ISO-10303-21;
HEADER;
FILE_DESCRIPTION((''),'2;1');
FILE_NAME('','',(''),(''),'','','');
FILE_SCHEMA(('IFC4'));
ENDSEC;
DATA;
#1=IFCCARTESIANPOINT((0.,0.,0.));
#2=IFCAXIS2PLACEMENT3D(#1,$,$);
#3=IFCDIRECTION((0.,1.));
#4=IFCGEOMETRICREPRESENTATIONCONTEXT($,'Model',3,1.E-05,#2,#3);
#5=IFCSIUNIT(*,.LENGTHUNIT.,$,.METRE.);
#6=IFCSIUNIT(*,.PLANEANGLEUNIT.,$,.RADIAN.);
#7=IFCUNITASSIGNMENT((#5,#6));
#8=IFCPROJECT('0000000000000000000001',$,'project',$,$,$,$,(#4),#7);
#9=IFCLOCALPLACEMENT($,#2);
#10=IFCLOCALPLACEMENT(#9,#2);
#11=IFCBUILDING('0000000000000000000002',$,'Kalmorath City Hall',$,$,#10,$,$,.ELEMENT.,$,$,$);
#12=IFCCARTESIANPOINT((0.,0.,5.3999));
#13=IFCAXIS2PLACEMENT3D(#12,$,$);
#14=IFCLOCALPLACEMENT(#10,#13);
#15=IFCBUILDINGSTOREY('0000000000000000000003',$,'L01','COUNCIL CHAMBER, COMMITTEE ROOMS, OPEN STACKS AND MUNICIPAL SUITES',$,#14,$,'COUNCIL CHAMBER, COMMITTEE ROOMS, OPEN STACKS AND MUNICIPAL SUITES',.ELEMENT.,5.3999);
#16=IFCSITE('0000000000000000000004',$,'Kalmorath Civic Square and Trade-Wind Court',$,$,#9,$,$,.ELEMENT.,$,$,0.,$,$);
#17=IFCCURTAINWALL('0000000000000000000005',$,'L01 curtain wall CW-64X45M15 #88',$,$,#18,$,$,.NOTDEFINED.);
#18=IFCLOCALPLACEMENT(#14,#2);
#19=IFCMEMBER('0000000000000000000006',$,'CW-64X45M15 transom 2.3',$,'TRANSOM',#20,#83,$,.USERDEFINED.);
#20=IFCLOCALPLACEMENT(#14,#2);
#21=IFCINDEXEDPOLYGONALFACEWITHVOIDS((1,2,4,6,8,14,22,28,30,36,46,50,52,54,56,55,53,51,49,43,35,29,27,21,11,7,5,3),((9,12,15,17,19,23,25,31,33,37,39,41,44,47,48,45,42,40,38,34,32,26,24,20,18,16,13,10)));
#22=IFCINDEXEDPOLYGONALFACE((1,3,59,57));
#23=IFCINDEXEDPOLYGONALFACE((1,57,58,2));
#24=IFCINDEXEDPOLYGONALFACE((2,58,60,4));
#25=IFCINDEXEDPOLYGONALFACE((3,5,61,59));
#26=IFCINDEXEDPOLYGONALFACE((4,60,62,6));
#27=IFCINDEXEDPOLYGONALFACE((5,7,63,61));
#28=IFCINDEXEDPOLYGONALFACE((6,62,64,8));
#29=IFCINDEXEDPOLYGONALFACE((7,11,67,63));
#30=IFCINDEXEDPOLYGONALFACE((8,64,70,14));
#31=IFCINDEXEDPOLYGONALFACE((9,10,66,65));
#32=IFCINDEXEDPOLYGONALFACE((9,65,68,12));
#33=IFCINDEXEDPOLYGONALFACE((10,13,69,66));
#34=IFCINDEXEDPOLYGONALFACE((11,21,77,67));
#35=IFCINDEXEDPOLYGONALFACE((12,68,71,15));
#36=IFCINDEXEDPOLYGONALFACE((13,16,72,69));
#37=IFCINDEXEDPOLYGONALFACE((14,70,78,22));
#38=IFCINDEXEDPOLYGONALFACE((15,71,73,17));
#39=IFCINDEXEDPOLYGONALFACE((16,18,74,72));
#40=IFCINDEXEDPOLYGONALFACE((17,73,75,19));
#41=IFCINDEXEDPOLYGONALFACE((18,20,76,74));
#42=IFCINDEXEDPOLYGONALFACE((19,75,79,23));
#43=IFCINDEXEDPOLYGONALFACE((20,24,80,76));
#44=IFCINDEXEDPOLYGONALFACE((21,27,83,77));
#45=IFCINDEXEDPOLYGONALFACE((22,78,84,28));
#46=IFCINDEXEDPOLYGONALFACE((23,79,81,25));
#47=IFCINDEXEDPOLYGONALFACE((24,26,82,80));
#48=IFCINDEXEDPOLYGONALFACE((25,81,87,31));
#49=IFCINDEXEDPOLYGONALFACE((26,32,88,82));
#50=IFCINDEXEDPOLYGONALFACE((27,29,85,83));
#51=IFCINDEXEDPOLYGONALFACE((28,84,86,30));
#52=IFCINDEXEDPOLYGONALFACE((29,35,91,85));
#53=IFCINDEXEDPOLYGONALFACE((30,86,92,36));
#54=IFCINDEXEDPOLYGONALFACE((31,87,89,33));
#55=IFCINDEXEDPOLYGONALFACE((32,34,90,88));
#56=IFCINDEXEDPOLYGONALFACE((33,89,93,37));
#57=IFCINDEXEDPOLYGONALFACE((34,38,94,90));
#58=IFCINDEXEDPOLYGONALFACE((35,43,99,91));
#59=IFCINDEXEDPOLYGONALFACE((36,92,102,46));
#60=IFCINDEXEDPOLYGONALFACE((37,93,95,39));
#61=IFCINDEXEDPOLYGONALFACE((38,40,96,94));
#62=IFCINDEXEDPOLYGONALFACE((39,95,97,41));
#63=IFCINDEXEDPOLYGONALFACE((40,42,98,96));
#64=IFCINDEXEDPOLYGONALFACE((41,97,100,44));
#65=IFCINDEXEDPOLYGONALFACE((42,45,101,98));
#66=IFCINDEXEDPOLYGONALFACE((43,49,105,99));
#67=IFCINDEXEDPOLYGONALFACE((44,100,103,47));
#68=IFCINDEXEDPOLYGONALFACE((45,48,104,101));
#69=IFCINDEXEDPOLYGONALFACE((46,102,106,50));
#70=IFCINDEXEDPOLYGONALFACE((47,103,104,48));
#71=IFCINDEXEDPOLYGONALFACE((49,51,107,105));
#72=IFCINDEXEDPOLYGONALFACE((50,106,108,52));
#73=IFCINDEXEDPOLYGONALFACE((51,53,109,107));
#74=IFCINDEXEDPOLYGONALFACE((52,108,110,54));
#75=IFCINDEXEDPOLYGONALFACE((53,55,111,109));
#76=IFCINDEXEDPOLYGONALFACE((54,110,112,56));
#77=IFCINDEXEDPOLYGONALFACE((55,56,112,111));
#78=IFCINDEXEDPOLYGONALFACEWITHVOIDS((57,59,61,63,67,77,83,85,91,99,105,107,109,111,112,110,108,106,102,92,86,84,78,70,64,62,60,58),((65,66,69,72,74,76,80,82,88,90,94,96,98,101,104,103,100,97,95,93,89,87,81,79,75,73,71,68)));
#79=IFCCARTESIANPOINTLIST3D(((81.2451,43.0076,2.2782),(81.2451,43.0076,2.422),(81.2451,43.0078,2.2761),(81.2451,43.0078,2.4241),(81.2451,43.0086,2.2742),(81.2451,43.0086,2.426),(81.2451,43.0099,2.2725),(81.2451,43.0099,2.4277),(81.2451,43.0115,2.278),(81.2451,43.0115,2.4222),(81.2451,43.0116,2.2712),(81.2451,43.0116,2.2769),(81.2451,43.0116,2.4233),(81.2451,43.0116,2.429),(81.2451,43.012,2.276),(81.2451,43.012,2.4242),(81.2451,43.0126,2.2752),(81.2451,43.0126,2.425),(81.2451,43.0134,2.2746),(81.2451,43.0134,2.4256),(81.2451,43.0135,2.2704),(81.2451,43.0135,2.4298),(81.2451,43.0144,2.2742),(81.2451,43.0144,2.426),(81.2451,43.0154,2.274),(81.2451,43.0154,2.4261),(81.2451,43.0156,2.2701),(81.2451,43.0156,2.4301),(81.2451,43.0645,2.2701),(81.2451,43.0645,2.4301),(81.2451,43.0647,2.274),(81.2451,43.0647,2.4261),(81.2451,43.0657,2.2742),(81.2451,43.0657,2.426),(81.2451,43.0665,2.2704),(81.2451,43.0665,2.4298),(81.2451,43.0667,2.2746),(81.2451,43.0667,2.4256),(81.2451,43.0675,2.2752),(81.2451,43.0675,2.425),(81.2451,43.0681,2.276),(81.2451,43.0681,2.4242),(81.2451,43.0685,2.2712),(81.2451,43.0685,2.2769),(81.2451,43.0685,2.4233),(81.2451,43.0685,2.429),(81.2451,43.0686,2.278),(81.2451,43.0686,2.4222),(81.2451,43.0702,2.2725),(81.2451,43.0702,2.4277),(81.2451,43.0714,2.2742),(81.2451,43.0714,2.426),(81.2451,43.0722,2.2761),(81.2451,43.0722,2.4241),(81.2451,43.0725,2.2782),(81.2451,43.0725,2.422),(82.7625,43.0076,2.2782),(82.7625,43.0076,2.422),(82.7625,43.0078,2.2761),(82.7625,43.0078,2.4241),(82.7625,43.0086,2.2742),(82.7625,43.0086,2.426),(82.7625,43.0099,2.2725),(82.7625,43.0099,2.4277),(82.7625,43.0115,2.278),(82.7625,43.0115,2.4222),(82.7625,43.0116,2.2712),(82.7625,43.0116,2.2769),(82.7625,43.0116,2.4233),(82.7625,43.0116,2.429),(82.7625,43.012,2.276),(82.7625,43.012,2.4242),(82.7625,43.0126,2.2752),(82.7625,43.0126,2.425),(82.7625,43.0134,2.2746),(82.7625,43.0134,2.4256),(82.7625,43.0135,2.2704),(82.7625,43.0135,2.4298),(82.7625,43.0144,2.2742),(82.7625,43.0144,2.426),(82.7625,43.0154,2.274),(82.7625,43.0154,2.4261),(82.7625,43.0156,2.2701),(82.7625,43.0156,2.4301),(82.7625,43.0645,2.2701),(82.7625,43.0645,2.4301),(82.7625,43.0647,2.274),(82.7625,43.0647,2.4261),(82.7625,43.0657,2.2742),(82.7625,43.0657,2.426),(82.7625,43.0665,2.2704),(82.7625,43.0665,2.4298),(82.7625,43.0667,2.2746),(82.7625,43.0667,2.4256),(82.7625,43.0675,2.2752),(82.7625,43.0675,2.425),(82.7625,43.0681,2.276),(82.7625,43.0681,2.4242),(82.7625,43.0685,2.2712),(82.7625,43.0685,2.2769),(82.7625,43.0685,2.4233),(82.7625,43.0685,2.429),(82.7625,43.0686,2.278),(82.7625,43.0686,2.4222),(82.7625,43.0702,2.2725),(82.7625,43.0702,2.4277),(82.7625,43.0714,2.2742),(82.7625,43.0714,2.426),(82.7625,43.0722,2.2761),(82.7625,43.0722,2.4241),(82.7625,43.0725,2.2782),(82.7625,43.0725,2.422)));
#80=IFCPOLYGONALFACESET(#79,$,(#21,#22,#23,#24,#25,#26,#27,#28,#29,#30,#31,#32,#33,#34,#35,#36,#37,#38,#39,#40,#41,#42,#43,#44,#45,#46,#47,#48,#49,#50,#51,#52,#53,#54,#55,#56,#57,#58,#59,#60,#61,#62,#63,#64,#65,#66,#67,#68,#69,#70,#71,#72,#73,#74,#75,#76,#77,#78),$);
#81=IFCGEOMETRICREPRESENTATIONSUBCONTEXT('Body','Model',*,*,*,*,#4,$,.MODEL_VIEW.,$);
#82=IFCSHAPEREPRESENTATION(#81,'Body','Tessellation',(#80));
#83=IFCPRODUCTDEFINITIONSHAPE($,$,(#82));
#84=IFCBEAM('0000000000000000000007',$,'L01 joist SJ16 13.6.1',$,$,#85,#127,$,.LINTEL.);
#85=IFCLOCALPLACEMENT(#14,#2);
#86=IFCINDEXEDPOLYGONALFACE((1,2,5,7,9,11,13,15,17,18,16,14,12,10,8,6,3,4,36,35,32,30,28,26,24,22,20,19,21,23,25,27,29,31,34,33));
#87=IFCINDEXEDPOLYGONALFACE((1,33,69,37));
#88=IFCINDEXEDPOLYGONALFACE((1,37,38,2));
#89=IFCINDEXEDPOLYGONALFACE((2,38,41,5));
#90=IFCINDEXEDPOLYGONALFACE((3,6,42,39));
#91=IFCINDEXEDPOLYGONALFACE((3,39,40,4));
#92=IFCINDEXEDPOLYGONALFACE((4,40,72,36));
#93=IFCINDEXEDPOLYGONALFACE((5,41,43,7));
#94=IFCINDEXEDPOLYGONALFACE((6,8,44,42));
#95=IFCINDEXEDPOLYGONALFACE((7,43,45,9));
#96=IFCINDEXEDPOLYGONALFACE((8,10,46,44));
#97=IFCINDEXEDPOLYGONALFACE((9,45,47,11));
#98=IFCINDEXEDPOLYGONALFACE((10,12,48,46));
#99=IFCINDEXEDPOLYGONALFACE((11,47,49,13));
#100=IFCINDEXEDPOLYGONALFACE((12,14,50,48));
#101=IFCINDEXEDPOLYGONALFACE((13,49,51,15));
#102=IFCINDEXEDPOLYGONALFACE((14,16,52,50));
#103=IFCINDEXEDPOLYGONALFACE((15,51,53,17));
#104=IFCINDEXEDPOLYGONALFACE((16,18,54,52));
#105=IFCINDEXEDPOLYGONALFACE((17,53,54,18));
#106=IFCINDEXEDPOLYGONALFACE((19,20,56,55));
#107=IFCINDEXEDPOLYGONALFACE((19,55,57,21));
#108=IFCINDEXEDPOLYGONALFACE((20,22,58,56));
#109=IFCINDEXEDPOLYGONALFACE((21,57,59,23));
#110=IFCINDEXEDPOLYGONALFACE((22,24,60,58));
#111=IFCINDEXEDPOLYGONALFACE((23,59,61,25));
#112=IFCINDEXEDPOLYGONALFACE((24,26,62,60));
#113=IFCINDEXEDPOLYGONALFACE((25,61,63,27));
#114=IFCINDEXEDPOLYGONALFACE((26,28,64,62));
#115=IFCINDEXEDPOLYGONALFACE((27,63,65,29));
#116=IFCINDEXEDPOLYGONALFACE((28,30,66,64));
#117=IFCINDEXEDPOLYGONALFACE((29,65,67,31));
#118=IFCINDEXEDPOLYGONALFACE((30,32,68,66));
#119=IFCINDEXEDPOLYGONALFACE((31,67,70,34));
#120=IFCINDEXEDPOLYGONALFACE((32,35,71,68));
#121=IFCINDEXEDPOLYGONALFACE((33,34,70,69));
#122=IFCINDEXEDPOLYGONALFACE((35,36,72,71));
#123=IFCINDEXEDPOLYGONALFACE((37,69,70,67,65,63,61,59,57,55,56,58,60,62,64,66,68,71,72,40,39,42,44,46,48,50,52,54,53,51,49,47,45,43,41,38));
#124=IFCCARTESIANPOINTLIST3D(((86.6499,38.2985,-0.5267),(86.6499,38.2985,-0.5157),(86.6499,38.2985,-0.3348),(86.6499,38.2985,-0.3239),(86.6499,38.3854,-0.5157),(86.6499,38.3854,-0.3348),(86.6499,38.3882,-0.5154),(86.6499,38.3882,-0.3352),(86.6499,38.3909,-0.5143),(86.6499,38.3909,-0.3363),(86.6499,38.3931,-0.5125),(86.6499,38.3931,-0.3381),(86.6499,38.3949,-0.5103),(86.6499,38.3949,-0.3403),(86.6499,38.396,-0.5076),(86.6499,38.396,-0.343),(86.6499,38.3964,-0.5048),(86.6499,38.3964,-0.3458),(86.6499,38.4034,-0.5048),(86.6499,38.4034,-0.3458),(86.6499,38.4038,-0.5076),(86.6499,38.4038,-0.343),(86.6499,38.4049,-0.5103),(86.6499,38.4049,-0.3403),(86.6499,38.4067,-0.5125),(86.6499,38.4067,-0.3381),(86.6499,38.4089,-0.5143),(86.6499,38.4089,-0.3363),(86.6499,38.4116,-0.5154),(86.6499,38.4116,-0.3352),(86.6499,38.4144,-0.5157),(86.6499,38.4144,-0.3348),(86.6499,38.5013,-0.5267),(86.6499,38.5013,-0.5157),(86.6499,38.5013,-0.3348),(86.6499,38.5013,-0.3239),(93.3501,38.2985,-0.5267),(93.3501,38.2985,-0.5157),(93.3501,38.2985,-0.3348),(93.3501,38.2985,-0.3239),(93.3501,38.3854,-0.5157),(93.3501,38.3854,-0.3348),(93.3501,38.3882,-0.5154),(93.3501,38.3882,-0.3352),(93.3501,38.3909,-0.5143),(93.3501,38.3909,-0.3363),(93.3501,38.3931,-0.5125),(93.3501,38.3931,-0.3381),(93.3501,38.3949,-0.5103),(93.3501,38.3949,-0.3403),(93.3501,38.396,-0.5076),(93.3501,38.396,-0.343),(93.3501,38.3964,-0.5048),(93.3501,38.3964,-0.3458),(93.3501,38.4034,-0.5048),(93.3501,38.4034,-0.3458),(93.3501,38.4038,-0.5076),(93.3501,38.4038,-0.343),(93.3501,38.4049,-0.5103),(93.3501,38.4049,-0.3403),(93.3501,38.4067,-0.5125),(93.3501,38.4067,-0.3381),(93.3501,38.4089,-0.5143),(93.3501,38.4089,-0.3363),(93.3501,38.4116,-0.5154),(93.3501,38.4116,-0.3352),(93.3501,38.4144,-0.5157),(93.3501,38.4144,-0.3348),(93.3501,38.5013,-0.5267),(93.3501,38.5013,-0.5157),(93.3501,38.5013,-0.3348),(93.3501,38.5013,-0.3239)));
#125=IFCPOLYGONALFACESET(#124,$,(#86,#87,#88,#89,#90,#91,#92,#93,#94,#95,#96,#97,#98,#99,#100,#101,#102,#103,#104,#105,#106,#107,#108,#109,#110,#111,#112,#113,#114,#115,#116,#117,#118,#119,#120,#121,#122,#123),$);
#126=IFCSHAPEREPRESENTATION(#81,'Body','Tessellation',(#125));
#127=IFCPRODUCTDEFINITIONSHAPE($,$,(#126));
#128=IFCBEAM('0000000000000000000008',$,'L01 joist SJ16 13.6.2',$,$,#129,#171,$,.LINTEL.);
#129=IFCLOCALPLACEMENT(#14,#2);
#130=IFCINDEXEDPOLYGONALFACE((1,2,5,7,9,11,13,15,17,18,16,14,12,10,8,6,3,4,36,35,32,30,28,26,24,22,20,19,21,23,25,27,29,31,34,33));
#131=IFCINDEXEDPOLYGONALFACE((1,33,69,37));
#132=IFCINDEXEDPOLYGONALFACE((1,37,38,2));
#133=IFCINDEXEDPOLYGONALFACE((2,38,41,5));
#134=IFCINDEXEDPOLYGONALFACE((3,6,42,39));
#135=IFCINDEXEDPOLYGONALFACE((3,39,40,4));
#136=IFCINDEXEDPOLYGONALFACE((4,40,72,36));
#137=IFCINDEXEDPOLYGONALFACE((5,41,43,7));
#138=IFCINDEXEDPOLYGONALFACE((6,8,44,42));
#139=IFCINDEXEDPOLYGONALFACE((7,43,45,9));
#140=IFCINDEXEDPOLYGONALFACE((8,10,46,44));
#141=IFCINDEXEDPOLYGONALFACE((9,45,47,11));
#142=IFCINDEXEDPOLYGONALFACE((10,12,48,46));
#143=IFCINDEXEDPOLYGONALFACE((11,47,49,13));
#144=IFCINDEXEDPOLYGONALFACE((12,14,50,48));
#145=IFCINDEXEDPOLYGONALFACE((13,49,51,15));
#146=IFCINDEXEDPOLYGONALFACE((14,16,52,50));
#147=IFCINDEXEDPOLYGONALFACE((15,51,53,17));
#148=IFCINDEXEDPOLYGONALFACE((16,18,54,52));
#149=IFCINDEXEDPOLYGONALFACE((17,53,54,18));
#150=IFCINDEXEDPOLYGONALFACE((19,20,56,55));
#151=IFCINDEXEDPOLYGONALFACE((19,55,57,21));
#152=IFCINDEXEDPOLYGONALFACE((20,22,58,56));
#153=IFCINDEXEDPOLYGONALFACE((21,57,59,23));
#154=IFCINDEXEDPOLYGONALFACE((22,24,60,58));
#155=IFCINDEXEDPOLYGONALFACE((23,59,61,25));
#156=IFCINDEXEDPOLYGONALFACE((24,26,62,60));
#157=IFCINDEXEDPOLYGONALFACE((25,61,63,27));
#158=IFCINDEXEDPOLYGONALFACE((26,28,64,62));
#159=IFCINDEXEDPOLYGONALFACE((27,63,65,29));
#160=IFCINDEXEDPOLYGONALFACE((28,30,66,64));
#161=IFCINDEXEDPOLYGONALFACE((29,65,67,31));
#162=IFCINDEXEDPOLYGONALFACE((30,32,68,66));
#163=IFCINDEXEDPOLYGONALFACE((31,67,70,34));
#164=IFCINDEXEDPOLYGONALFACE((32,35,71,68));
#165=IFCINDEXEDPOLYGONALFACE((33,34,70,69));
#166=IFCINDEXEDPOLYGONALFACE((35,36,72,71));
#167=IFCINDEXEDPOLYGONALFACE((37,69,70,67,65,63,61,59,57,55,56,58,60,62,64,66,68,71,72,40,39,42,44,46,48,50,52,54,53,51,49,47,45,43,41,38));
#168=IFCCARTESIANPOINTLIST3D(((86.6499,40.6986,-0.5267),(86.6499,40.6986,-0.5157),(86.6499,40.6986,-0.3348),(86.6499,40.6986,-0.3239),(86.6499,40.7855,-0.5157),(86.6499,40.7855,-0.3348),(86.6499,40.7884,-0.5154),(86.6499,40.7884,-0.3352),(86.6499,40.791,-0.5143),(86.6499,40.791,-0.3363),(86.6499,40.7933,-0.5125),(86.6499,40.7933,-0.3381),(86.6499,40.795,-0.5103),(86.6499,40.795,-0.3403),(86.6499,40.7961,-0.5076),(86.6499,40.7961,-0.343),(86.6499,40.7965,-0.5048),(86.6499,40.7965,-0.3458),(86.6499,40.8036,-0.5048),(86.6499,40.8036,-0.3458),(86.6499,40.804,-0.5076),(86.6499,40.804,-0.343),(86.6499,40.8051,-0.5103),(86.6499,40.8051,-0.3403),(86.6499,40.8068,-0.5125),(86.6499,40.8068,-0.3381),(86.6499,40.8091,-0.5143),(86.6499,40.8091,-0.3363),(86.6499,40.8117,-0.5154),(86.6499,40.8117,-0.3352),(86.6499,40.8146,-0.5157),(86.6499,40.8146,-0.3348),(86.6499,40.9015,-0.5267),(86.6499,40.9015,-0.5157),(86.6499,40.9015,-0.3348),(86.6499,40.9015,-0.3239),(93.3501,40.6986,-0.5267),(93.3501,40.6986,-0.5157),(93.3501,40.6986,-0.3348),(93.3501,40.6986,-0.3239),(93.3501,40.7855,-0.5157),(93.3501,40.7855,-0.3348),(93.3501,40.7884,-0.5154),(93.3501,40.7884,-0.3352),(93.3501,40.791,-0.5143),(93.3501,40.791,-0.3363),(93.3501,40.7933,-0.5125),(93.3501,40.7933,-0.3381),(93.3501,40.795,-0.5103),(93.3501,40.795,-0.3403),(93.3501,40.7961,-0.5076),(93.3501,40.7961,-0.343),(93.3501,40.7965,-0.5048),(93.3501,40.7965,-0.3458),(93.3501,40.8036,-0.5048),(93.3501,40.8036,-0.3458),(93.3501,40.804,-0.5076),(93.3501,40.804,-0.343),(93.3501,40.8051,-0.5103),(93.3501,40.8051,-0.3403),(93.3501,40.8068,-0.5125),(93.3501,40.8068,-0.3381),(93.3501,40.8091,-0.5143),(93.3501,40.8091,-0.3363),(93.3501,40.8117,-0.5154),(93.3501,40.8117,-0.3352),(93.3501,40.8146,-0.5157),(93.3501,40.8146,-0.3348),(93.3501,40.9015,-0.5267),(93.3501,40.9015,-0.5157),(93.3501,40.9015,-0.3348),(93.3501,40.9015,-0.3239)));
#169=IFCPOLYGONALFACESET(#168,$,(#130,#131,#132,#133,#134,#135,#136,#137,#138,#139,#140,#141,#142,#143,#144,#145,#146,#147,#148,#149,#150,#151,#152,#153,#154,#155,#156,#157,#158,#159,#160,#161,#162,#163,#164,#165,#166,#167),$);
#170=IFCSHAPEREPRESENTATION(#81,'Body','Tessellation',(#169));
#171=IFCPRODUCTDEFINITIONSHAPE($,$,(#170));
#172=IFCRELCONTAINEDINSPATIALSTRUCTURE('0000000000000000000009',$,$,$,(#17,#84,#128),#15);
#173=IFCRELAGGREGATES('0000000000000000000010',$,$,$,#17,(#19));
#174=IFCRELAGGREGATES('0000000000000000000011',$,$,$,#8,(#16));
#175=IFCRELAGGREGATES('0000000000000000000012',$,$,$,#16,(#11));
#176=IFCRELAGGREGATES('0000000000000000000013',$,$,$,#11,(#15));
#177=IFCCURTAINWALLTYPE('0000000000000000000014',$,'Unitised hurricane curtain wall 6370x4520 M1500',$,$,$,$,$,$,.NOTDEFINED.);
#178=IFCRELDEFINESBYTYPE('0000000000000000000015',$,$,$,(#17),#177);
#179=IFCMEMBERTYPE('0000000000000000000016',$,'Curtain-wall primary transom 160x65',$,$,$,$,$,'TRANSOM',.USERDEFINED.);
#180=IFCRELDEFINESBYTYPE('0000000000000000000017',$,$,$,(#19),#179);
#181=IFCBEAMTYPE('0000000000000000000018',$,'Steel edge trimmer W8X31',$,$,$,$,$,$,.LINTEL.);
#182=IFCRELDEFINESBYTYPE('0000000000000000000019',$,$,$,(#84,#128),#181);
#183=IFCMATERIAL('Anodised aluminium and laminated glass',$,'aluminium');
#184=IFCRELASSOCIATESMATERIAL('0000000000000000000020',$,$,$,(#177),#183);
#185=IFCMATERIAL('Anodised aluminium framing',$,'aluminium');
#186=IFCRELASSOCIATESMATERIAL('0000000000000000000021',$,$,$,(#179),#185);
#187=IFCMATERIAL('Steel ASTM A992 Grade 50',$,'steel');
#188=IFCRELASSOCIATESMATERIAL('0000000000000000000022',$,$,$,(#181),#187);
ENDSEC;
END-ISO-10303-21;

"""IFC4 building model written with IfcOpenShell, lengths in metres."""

from ifc_helpers import new_model, si_unit, direction, frame, origin, origin_2d, place, context, subcontext, project, spatial, hollow_rectangle, i_section, extrude, material, material_profile, profile_set, type_object, element, aggregate, save


model = new_model("IFC4")

# Units and contexts
model_context = context("Model", 3, precision=1e-05, world=origin(), true_north=direction((0.0, 1.0)))
body_context = subcontext(model_context, "Body", "Model", "MODEL_VIEW")
ifc_project = project(units=[si_unit("LENGTHUNIT", "METRE"), si_unit("PLANEANGLEUNIT", "RADIAN")], contexts=[model_context])

# Site, building, storey
site_placement = place(None, origin())
site = spatial("IfcSite", under=ifc_project, at=site_placement, Name="Kalmorath Civic Square and Trade-Wind Court", CompositionType="ELEMENT", RefElevation=0.0)
building_placement = place(site_placement, origin())
building = spatial("IfcBuilding", under=site, at=building_placement, Name="Kalmorath City Hall", CompositionType="ELEMENT")
storey_placement = place(building_placement, frame((0.0, 0.0, 5.3999)))
storey = spatial("IfcBuildingStorey", under=building, at=storey_placement, Name="L01", Description="COUNCIL CHAMBER, COMMITTEE ROOMS, OPEN STACKS AND MUNICIPAL SUITES", LongName="COUNCIL CHAMBER, COMMITTEE ROOMS, OPEN STACKS AND MUNICIPAL SUITES", CompositionType="ELEMENT", Elevation=5.3999)

# Curtain wall, member
ifc_material_1 = material(Name="Anodised aluminium and laminated glass", Category="aluminium")
curtain_wall_type = type_object("IfcCurtainWallType", Name="Unitised hurricane curtain wall 6370x4520 M1500", PredefinedType="NOTDEFINED", material=ifc_material_1)
curtain_wall_placement = place(storey_placement, origin())
curtain_wall = element("IfcCurtainWall", 1, at=curtain_wall_placement, inside=storey, type_object=curtain_wall_type, Name="L01 curtain wall CW-64X45M15 #88", PredefinedType="NOTDEFINED")
ifc_material_2 = material(Name="Anodised aluminium framing", Category="aluminium")
ifc_material_profile_1 = material_profile(ifc_material_2, hollow_rectangle(XDim=0.0649, YDim=0.1599, WallThickness=0.0039, InnerFilletRadius=0.0039, OuterFilletRadius=0.0081, at=origin_2d()), Name="ALU-TRN-160X65X4")
ifc_profile_set_1 = profile_set([ifc_material_profile_1], Name="Anodised aluminium framing")
member_type_1 = type_object("IfcMemberType", Name="Curtain-wall primary transom 160x65", ElementType="TRANSOM", PredefinedType="USERDEFINED", material=ifc_profile_set_1)
member_1_placement = place(storey_placement, frame((81.2451, 43.04, 2.3501), z_axis=(1.0, 0.0, 0.0), x_axis=(0.0, 1.0, 0.0)))
member_1 = element("IfcMember", 2, at=member_1_placement, type_object=member_type_1, Name="CW-64X45M15 transom 2.3", ObjectType="TRANSOM", PredefinedType="USERDEFINED", context=body_context, shape_type="SweptSolid", body=[
    extrude(hollow_rectangle(XDim=0.0649, YDim=0.1599, WallThickness=0.0039, InnerFilletRadius=0.0039, OuterFilletRadius=0.0081, at=origin_2d()), origin(), (0.0, 0.0, 1.0), 1.5173),
])

# Beams
ifc_material_3 = material(Name="Steel ASTM A992 Grade 50", Category="steel")
ifc_material_profile_2 = material_profile(ifc_material_3, i_section(OverallWidth=0.2029, OverallDepth=0.2029, WebThickness=0.0071, FlangeThickness=0.011, FilletRadius=0.011, at=origin_2d()), Name="W8X31")
ifc_profile_set_2 = profile_set([ifc_material_profile_2], Name="Steel ASTM A992 Grade 50")
beam_type_1 = type_object("IfcBeamType", Name="Steel edge trimmer W8X31", PredefinedType="LINTEL", material=ifc_profile_set_2)
for number, where, z_axis, x_axis, name in (
    (3, (86.6499, 38.3999, -0.4253), (1.0, 0.0, 0.0), (0.0, 1.0, 0.0), "L01 joist SJ16 13.6.1"),
    (4, (86.6499, 40.8, -0.4253), (1.0, 0.0, 0.0), (0.0, 1.0, 0.0), "L01 joist SJ16 13.6.2"),
):
    element("IfcBeam", number, at=place(storey_placement, frame(where, z_axis=z_axis, x_axis=x_axis)), inside=storey, type_object=beam_type_1, Name=name, PredefinedType="LINTEL", context=body_context, shape_type="SweptSolid", body=[
        extrude(i_section(OverallWidth=0.2029, OverallDepth=0.2029, WebThickness=0.0071, FlangeThickness=0.011, FilletRadius=0.011, at=origin_2d()), origin(), (0.0, 0.0, 1.0), 6.7002),
    ])

aggregate(curtain_wall, [member_1])

save(model, "model.ifc")
